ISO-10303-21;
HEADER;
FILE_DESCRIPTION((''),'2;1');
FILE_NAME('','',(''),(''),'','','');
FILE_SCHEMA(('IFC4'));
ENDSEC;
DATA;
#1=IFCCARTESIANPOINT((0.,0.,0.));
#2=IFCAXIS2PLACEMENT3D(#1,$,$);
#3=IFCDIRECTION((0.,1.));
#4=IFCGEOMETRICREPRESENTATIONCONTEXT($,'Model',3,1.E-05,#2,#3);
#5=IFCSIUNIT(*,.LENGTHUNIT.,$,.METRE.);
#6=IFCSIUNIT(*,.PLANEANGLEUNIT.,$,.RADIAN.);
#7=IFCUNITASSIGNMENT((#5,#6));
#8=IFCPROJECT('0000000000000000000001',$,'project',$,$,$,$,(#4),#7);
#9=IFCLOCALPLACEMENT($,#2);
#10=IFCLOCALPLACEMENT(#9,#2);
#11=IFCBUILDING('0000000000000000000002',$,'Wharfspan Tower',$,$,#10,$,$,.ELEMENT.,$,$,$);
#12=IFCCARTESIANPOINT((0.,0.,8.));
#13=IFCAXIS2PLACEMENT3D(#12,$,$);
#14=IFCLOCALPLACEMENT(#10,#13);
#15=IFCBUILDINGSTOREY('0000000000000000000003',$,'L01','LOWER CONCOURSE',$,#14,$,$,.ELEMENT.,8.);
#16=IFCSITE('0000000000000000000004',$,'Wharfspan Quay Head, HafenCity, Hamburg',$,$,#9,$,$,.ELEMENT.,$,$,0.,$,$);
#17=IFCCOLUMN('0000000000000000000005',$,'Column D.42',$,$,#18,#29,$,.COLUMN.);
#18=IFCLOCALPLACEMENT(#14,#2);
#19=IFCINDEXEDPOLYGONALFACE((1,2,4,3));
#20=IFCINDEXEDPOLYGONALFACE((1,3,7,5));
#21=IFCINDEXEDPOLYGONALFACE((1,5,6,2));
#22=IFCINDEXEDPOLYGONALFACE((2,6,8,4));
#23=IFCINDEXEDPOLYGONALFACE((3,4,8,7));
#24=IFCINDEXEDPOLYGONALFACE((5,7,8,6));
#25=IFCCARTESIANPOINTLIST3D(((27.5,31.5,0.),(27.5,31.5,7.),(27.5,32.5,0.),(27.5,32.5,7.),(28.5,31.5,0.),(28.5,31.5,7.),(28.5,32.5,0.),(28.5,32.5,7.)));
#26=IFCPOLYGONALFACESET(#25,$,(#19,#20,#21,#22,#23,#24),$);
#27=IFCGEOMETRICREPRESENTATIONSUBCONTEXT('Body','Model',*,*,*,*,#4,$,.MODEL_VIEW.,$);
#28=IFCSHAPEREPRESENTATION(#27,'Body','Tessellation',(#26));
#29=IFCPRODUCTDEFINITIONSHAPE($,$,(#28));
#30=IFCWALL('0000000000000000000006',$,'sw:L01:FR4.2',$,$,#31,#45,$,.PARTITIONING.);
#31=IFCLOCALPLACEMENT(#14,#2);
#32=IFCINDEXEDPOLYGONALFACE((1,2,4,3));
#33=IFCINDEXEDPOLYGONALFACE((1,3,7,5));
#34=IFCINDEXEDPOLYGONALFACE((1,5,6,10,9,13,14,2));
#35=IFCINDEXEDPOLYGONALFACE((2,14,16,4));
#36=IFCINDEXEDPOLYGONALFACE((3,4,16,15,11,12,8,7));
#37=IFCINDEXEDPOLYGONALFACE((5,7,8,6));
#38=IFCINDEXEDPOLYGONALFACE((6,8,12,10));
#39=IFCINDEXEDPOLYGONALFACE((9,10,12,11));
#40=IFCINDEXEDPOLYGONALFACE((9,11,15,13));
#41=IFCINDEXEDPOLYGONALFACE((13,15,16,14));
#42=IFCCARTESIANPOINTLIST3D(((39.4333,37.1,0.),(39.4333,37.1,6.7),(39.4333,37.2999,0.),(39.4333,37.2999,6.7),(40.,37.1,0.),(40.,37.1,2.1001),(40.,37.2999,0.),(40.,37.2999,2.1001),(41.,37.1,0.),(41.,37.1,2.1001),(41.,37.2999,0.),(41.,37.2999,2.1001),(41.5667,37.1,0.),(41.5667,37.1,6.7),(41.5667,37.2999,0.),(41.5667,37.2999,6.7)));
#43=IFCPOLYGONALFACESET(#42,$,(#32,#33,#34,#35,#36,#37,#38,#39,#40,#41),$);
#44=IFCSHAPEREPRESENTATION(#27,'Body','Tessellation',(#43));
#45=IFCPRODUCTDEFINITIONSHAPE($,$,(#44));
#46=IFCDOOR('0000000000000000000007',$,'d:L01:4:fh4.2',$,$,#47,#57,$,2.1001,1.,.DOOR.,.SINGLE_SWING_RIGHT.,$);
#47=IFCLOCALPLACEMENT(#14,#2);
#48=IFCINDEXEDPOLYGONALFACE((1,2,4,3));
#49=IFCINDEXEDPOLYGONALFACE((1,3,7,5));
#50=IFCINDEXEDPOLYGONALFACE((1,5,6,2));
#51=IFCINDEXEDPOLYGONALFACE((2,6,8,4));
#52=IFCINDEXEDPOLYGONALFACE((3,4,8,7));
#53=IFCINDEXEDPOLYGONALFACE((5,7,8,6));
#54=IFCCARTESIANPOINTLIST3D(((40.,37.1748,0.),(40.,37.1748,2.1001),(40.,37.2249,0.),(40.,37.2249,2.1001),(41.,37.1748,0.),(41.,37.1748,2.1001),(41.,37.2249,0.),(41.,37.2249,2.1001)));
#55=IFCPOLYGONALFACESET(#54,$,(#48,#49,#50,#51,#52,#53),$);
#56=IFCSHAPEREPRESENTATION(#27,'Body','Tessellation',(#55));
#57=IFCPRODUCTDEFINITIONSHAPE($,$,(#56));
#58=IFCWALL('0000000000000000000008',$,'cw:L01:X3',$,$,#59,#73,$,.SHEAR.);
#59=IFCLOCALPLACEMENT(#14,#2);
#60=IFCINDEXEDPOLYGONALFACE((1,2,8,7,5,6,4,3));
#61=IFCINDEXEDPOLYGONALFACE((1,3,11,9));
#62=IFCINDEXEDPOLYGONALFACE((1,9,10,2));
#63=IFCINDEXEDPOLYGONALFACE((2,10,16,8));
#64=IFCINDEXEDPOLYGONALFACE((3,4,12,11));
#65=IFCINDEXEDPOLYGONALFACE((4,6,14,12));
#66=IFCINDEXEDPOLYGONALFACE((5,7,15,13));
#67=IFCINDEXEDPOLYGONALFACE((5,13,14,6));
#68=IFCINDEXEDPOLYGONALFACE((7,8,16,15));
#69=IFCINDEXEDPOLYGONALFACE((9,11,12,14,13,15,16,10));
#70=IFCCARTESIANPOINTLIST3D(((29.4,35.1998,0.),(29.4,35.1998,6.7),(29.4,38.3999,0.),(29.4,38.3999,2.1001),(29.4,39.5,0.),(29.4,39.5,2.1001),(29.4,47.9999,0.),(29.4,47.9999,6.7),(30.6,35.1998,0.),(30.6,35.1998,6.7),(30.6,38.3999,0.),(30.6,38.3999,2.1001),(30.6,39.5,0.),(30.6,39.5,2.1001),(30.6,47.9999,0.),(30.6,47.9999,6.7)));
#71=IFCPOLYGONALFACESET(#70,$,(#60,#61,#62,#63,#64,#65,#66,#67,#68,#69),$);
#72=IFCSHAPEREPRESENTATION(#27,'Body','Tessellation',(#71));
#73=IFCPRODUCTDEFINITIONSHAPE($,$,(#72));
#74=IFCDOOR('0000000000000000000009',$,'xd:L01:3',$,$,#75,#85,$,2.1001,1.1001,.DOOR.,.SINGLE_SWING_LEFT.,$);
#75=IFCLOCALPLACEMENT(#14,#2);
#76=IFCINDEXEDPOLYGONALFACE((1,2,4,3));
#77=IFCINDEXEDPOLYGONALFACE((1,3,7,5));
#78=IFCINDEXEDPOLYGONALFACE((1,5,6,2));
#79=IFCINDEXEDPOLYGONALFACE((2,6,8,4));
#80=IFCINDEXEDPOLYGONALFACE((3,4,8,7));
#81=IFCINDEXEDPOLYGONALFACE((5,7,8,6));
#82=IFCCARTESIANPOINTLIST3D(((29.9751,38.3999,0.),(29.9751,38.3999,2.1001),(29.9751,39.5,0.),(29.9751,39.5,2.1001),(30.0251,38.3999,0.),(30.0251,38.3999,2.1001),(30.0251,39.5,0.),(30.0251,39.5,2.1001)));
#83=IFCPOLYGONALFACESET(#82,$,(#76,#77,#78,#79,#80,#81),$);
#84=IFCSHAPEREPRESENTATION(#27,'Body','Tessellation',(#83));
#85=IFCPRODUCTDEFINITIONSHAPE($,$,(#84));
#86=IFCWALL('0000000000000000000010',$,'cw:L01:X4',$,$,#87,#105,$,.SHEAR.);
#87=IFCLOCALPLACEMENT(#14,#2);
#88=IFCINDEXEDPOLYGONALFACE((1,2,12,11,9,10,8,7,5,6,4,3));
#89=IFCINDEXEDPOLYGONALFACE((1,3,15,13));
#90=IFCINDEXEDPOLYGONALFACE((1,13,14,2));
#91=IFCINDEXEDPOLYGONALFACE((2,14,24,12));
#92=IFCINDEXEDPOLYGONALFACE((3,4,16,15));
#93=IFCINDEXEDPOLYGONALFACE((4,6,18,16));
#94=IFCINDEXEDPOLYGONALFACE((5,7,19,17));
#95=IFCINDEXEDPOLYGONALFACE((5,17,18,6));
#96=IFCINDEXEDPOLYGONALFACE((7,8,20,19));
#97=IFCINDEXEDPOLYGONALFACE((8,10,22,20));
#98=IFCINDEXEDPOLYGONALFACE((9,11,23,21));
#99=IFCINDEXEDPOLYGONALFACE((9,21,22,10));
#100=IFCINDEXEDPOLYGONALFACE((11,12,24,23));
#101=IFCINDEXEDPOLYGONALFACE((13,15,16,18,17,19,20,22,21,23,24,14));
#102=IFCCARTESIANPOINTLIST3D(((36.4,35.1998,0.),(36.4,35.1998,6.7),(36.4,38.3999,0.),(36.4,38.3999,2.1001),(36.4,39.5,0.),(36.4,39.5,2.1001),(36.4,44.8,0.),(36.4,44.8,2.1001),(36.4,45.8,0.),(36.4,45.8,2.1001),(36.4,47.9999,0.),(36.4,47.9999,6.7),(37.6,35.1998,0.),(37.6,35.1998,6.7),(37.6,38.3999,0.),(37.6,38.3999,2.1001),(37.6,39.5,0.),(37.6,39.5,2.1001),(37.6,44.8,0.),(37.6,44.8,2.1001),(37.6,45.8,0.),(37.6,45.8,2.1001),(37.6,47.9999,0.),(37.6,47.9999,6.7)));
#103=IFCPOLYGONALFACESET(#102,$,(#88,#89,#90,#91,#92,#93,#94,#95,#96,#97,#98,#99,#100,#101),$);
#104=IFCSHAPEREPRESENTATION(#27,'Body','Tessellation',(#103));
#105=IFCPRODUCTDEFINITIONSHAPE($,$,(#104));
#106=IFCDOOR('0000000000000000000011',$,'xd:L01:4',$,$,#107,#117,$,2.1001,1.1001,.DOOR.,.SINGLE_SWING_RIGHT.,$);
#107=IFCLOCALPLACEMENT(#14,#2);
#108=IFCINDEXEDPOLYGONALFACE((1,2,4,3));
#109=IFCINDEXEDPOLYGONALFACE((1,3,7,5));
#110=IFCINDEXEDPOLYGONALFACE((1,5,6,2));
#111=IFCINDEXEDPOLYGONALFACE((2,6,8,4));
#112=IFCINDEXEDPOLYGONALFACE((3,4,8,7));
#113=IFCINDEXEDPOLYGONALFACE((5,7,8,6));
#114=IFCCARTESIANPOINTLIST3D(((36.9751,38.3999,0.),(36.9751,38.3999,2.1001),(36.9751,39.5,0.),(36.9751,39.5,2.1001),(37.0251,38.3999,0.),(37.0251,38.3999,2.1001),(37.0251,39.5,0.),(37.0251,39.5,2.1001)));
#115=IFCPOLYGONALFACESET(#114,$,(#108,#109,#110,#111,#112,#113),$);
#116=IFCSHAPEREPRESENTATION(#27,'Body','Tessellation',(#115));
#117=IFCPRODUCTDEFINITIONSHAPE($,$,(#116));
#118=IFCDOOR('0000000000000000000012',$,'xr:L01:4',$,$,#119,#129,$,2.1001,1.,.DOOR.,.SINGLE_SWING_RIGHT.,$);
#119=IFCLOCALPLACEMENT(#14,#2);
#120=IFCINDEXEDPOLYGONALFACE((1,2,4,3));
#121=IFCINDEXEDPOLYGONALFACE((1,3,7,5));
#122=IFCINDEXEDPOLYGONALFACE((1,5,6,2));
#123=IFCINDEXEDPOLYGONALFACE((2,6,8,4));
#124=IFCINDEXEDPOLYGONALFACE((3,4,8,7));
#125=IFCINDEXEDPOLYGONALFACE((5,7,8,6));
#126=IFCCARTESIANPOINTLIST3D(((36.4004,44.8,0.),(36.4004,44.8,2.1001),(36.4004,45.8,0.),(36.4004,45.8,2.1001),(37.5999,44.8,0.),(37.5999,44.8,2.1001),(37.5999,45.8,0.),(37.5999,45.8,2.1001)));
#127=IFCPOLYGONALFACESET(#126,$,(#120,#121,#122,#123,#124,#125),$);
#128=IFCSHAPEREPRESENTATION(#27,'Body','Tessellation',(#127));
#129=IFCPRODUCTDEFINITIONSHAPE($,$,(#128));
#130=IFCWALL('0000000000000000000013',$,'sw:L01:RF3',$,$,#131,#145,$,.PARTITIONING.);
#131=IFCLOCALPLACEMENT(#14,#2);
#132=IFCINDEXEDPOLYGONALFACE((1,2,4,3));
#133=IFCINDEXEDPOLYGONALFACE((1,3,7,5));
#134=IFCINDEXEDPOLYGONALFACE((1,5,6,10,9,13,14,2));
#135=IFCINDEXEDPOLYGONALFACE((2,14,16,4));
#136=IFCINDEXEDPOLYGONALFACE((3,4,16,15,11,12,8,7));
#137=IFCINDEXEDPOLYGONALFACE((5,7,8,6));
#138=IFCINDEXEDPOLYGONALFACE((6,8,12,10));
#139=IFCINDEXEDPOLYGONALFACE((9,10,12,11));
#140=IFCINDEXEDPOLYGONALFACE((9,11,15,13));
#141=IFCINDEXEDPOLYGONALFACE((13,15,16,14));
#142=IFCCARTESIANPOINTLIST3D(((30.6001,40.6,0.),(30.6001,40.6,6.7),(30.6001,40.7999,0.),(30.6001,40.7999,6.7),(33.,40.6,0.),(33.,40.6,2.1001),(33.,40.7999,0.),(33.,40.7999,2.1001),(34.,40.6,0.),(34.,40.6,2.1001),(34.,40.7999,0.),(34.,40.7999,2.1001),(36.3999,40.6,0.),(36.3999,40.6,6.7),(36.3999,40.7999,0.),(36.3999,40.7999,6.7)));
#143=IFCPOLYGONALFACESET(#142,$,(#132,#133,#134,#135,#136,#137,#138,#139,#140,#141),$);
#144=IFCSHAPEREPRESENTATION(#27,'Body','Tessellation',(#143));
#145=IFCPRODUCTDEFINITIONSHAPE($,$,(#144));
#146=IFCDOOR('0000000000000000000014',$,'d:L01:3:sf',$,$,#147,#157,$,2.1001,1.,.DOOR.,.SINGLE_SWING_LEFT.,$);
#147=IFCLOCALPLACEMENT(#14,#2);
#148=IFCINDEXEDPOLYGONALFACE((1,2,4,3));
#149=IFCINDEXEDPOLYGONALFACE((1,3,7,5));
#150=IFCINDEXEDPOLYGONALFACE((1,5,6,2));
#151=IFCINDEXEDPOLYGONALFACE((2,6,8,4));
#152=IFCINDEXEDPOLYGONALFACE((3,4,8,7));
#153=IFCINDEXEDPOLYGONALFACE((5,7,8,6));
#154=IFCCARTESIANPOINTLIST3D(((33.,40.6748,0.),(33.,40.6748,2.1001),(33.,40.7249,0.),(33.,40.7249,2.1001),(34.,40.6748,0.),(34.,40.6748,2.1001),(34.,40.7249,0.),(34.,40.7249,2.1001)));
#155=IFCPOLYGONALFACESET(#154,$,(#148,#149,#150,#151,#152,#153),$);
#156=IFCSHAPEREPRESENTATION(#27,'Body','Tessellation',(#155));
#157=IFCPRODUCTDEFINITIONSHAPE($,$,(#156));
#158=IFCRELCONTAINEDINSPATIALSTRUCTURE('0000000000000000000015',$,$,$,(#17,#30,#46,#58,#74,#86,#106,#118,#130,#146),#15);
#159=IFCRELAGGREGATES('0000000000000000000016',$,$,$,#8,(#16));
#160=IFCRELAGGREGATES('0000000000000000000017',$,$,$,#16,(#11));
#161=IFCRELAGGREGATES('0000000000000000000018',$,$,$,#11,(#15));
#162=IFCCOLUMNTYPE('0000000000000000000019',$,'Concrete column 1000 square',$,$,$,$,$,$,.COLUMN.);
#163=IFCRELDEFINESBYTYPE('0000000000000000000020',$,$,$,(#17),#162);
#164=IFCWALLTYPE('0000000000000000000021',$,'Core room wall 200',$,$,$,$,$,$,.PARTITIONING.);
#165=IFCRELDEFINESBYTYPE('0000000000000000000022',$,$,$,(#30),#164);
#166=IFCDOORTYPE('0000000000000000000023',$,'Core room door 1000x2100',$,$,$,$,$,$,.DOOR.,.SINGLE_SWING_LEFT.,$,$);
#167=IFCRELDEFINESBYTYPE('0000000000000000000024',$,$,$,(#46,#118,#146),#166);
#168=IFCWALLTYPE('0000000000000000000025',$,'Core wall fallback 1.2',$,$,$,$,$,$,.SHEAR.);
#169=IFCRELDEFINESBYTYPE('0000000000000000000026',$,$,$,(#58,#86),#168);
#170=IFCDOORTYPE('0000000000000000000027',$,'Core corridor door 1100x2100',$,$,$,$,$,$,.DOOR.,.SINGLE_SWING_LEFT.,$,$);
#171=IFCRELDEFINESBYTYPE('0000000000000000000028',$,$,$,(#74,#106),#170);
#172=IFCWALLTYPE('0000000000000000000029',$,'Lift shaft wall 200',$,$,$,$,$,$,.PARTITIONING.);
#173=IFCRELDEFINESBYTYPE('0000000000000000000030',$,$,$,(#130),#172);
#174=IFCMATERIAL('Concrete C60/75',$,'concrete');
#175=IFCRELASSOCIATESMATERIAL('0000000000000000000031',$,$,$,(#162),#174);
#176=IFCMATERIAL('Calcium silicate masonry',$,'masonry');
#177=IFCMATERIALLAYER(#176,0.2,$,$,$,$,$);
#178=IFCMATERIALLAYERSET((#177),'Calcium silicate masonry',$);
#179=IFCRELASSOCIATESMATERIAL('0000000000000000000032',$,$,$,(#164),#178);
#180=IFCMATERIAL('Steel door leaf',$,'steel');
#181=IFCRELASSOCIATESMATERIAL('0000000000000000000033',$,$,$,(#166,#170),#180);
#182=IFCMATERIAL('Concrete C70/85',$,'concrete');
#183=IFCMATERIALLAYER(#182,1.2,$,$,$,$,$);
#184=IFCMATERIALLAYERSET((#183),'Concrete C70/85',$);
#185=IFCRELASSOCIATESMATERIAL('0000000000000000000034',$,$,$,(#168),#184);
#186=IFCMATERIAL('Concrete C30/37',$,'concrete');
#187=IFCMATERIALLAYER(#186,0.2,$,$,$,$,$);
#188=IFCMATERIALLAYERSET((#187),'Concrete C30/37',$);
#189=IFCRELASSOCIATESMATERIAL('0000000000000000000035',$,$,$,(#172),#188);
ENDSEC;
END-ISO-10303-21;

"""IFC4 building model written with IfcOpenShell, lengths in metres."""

from ifc_helpers import new_model, si_unit, direction, frame, frame_2d, origin, origin_2d, place, context, subcontext, project, spatial, rectangle, extrude, material, layer, layer_set, material_profile, profile_set, type_object, element, fill, save


model = new_model("IFC4")

# Units and contexts
model_context = context("Model", 3, precision=1e-05, world=origin(), true_north=direction((0.0, 1.0)))
body_context = subcontext(model_context, "Body", "Model", "MODEL_VIEW")
ifc_project = project(units=[si_unit("LENGTHUNIT", "METRE"), si_unit("PLANEANGLEUNIT", "RADIAN")], contexts=[model_context])

# Site, building, storey
site_placement = place(None, origin())
site = spatial("IfcSite", under=ifc_project, at=site_placement, Name="Wharfspan Quay Head, HafenCity, Hamburg", CompositionType="ELEMENT", RefElevation=0.0)
building_placement = place(site_placement, origin())
building = spatial("IfcBuilding", under=site, at=building_placement, Name="Wharfspan Tower", CompositionType="ELEMENT")
storey_placement = place(building_placement, frame((0.0, 0.0, 8.0)))
storey = spatial("IfcBuildingStorey", under=building, at=storey_placement, Name="L01", Description="LOWER CONCOURSE", CompositionType="ELEMENT", Elevation=8.0)

# Column
ifc_material_1 = material(Name="Concrete C60/75", Category="concrete")
ifc_material_profile = material_profile(ifc_material_1, rectangle(XDim=1.0, YDim=1.0, at=origin_2d()))
ifc_profile_set = profile_set([ifc_material_profile], Name="Concrete C60/75")
column_type = type_object("IfcColumnType", Name="Concrete column 1000 square", PredefinedType="COLUMN", material=ifc_profile_set)
column_placement = place(storey_placement, frame((28.0, 32.0, 0.0), z_axis=(0.0, 0.0, 1.0), x_axis=(1.0, 0.0, 0.0)))
element("IfcColumn", 1, at=column_placement, inside=storey, type_object=column_type, Name="Column D.42", PredefinedType="COLUMN", context=body_context, shape_type="SweptSolid", body=[
    extrude(rectangle(XDim=1.0, YDim=1.0, at=origin_2d()), origin(), (0.0, 0.0, 1.0), 7.0),
])

# Walls, openings, doors
ifc_material_2 = material(Name="Calcium silicate masonry", Category="masonry")
ifc_layer_1 = layer(ifc_material_2, 0.2)
ifc_layer_set_1 = layer_set([ifc_layer_1], Name="Calcium silicate masonry")
wall_type_1 = type_object("IfcWallType", Name="Core room wall 200", PredefinedType="PARTITIONING", material=ifc_layer_set_1)
wall_1_placement = place(storey_placement, frame((39.4333, 37.2, 0.0), z_axis=(0.0, 0.0, 1.0), x_axis=(1.0, 0.0, 0.0)))
wall_1 = element("IfcWall", 2, at=wall_1_placement, inside=storey, type_object=wall_type_1, Name="sw:L01:FR4.2", PredefinedType="PARTITIONING", context=body_context, shape_type="SweptSolid", body=[
    extrude(rectangle(XDim=2.1333, YDim=0.2, at=frame_2d((1.0667, 0.0))), origin(), (0.0, 0.0, 1.0), 6.7),
])
opening_1_placement = place(wall_1_placement, frame((0.5666, 0.0, 0.0)))
opening_1 = element("IfcOpeningElement", 3, at=opening_1_placement, cuts=wall_1, PredefinedType="OPENING", context=body_context, shape_type="SweptSolid", body=[
    extrude(rectangle(XDim=1.0, YDim=2.1001, at=frame_2d((0.5, 1.05))), frame((0.0, 0.1099, 0.0), z_axis=(0.0, -1.0, 0.0), x_axis=(1.0, 0.0, 0.0)), (0.0, 0.0, 1.0), 0.22),
])
ifc_material_3 = material(Name="Steel door leaf", Category="steel")
door_type_1 = type_object("IfcDoorType", Name="Core room door 1000x2100", OperationType="SINGLE_SWING_LEFT", PredefinedType="DOOR", material=ifc_material_3)
door_1_placement = place(opening_1_placement, origin())
door_1 = element("IfcDoor", 4, at=door_1_placement, inside=storey, type_object=door_type_1, Name="d:L01:4:fh4.2", OperationType="SINGLE_SWING_RIGHT", OverallHeight=2.1001, OverallWidth=1.0, PredefinedType="DOOR", context=body_context, shape_type="SweptSolid", body=[
    extrude(rectangle(XDim=1.0, YDim=2.1001, at=frame_2d((0.5, 1.05))), frame((0.0, 0.0249, 0.0), z_axis=(0.0, -1.0, 0.0), x_axis=(1.0, 0.0, 0.0)), (0.0, 0.0, 1.0), 0.05),
])
fill(opening_1, door_1)
ifc_material_4 = material(Name="Concrete C70/85", Category="concrete")
ifc_layer_2 = layer(ifc_material_4, 1.2)
ifc_layer_set_2 = layer_set([ifc_layer_2], Name="Concrete C70/85")
wall_type_2 = type_object("IfcWallType", Name="Core wall fallback 1.2", PredefinedType="SHEAR", material=ifc_layer_set_2)
wall_2_placement = place(storey_placement, frame((30.0, 35.2, 0.0), z_axis=(0.0, 0.0, 1.0), x_axis=(0.0, 1.0, 0.0)))
wall_2 = element("IfcWall", 5, at=wall_2_placement, inside=storey, type_object=wall_type_2, Name="cw:L01:X3", PredefinedType="SHEAR", context=body_context, shape_type="SweptSolid", body=[
    extrude(rectangle(XDim=12.8, YDim=1.2, at=frame_2d((6.3999, 0.0))), origin(), (0.0, 0.0, 1.0), 6.7),
])
opening_2_placement = place(wall_2_placement, frame((3.2, 0.0, 0.0)))
opening_2 = element("IfcOpeningElement", 6, at=opening_2_placement, cuts=wall_2, PredefinedType="OPENING", context=body_context, shape_type="SweptSolid", body=[
    extrude(rectangle(XDim=1.1001, YDim=2.1001, at=frame_2d((0.55, 1.05))), frame((0.0, 0.6099, 0.0), z_axis=(0.0, -1.0, 0.0), x_axis=(1.0, 0.0, 0.0)), (0.0, 0.0, 1.0), 1.22),
])
door_type_2 = type_object("IfcDoorType", Name="Core corridor door 1100x2100", OperationType="SINGLE_SWING_LEFT", PredefinedType="DOOR", material=ifc_material_3)
door_2_placement = place(opening_2_placement, origin())
door_2 = element("IfcDoor", 7, at=door_2_placement, inside=storey, type_object=door_type_2, Name="xd:L01:3", OperationType="SINGLE_SWING_LEFT", OverallHeight=2.1001, OverallWidth=1.1001, PredefinedType="DOOR", context=body_context, shape_type="SweptSolid", body=[
    extrude(rectangle(XDim=1.1001, YDim=2.1001, at=frame_2d((0.55, 1.05))), frame((0.0, 0.0249, 0.0), z_axis=(0.0, -1.0, 0.0), x_axis=(1.0, 0.0, 0.0)), (0.0, 0.0, 1.0), 0.05),
])
fill(opening_2, door_2)

# Wall, openings, doors
wall_3_placement = place(storey_placement, frame((37.0, 35.2, 0.0), z_axis=(0.0, 0.0, 1.0), x_axis=(0.0, 1.0, 0.0)))
wall_3 = element("IfcWall", 8, at=wall_3_placement, inside=storey, type_object=wall_type_2, Name="cw:L01:X4", PredefinedType="SHEAR", context=body_context, shape_type="SweptSolid", body=[
    extrude(rectangle(XDim=12.8, YDim=1.2, at=frame_2d((6.3999, 0.0))), origin(), (0.0, 0.0, 1.0), 6.7),
])
opening_3_placement = place(wall_3_placement, frame((3.2, 0.0, 0.0)))
opening_3 = element("IfcOpeningElement", 9, at=opening_3_placement, cuts=wall_3, PredefinedType="OPENING", context=body_context, shape_type="SweptSolid", body=[
    extrude(rectangle(XDim=1.1001, YDim=2.1001, at=frame_2d((0.55, 1.05))), frame((0.0, 0.6099, 0.0), z_axis=(0.0, -1.0, 0.0), x_axis=(1.0, 0.0, 0.0)), (0.0, 0.0, 1.0), 1.22),
])
opening_4_placement = place(wall_3_placement, frame((9.6001, 0.0, 0.0)))
opening_4 = element("IfcOpeningElement", 10, at=opening_4_placement, cuts=wall_3, PredefinedType="OPENING", context=body_context, shape_type="SweptSolid", body=[
    extrude(rectangle(XDim=1.0, YDim=2.1001, at=frame_2d((0.5, 1.05))), frame((0.0, 0.6099, 0.0), z_axis=(0.0, -1.0, 0.0), x_axis=(1.0, 0.0, 0.0)), (0.0, 0.0, 1.0), 1.22),
])
door_3_placement = place(opening_3_placement, origin())
door_3 = element("IfcDoor", 11, at=door_3_placement, inside=storey, type_object=door_type_2, Name="xd:L01:4", OperationType="SINGLE_SWING_RIGHT", OverallHeight=2.1001, OverallWidth=1.1001, PredefinedType="DOOR", context=body_context, shape_type="SweptSolid", body=[
    extrude(rectangle(XDim=1.1001, YDim=2.1001, at=frame_2d((0.55, 1.05))), frame((0.0, 0.0249, 0.0), z_axis=(0.0, -1.0, 0.0), x_axis=(1.0, 0.0, 0.0)), (0.0, 0.0, 1.0), 0.05),
])
fill(opening_3, door_3)
door_4_placement = place(opening_4_placement, origin())
door_4 = element("IfcDoor", 12, at=door_4_placement, inside=storey, type_object=door_type_1, Name="xr:L01:4", OperationType="SINGLE_SWING_RIGHT", OverallHeight=2.1001, OverallWidth=1.0, PredefinedType="DOOR", context=body_context, shape_type="SweptSolid", body=[
    extrude(rectangle(XDim=1.0, YDim=2.1001, at=frame_2d((0.5, 1.05))), frame((0.0, 0.5996, 0.0), z_axis=(0.0, -1.0, 0.0), x_axis=(1.0, 0.0, 0.0)), (0.0, 0.0, 1.0), 1.1995),
])
fill(opening_4, door_4)

# Wall, opening, door
ifc_material_5 = material(Name="Concrete C30/37", Category="concrete")
ifc_layer_3 = layer(ifc_material_5, 0.2)
ifc_layer_set_3 = layer_set([ifc_layer_3], Name="Concrete C30/37")
wall_type_3 = type_object("IfcWallType", Name="Lift shaft wall 200", PredefinedType="PARTITIONING", material=ifc_layer_set_3)
wall_4_placement = place(storey_placement, frame((30.6001, 40.7, 0.0), z_axis=(0.0, 0.0, 1.0), x_axis=(1.0, 0.0, 0.0)))
wall_4 = element("IfcWall", 13, at=wall_4_placement, inside=storey, type_object=wall_type_3, Name="sw:L01:RF3", PredefinedType="PARTITIONING", context=body_context, shape_type="SweptSolid", body=[
    extrude(rectangle(XDim=5.7998, YDim=0.2, at=frame_2d((2.8999, 0.0))), origin(), (0.0, 0.0, 1.0), 6.7),
])
opening_5_placement = place(wall_4_placement, frame((2.3999, 0.0, 0.0)))
opening_5 = element("IfcOpeningElement", 14, at=opening_5_placement, cuts=wall_4, PredefinedType="OPENING", context=body_context, shape_type="SweptSolid", body=[
    extrude(rectangle(XDim=1.0, YDim=2.1001, at=frame_2d((0.5, 1.05))), frame((0.0, 0.1099, 0.0), z_axis=(0.0, -1.0, 0.0), x_axis=(1.0, 0.0, 0.0)), (0.0, 0.0, 1.0), 0.22),
])
door_5_placement = place(opening_5_placement, origin())
door_5 = element("IfcDoor", 15, at=door_5_placement, inside=storey, type_object=door_type_1, Name="d:L01:3:sf", OperationType="SINGLE_SWING_LEFT", OverallHeight=2.1001, OverallWidth=1.0, PredefinedType="DOOR", context=body_context, shape_type="SweptSolid", body=[
    extrude(rectangle(XDim=1.0, YDim=2.1001, at=frame_2d((0.5, 1.05))), frame((0.0, 0.0249, 0.0), z_axis=(0.0, -1.0, 0.0), x_axis=(1.0, 0.0, 0.0)), (0.0, 0.0, 1.0), 0.05),
])
fill(opening_5, door_5)

save(model, "model.ifc")
